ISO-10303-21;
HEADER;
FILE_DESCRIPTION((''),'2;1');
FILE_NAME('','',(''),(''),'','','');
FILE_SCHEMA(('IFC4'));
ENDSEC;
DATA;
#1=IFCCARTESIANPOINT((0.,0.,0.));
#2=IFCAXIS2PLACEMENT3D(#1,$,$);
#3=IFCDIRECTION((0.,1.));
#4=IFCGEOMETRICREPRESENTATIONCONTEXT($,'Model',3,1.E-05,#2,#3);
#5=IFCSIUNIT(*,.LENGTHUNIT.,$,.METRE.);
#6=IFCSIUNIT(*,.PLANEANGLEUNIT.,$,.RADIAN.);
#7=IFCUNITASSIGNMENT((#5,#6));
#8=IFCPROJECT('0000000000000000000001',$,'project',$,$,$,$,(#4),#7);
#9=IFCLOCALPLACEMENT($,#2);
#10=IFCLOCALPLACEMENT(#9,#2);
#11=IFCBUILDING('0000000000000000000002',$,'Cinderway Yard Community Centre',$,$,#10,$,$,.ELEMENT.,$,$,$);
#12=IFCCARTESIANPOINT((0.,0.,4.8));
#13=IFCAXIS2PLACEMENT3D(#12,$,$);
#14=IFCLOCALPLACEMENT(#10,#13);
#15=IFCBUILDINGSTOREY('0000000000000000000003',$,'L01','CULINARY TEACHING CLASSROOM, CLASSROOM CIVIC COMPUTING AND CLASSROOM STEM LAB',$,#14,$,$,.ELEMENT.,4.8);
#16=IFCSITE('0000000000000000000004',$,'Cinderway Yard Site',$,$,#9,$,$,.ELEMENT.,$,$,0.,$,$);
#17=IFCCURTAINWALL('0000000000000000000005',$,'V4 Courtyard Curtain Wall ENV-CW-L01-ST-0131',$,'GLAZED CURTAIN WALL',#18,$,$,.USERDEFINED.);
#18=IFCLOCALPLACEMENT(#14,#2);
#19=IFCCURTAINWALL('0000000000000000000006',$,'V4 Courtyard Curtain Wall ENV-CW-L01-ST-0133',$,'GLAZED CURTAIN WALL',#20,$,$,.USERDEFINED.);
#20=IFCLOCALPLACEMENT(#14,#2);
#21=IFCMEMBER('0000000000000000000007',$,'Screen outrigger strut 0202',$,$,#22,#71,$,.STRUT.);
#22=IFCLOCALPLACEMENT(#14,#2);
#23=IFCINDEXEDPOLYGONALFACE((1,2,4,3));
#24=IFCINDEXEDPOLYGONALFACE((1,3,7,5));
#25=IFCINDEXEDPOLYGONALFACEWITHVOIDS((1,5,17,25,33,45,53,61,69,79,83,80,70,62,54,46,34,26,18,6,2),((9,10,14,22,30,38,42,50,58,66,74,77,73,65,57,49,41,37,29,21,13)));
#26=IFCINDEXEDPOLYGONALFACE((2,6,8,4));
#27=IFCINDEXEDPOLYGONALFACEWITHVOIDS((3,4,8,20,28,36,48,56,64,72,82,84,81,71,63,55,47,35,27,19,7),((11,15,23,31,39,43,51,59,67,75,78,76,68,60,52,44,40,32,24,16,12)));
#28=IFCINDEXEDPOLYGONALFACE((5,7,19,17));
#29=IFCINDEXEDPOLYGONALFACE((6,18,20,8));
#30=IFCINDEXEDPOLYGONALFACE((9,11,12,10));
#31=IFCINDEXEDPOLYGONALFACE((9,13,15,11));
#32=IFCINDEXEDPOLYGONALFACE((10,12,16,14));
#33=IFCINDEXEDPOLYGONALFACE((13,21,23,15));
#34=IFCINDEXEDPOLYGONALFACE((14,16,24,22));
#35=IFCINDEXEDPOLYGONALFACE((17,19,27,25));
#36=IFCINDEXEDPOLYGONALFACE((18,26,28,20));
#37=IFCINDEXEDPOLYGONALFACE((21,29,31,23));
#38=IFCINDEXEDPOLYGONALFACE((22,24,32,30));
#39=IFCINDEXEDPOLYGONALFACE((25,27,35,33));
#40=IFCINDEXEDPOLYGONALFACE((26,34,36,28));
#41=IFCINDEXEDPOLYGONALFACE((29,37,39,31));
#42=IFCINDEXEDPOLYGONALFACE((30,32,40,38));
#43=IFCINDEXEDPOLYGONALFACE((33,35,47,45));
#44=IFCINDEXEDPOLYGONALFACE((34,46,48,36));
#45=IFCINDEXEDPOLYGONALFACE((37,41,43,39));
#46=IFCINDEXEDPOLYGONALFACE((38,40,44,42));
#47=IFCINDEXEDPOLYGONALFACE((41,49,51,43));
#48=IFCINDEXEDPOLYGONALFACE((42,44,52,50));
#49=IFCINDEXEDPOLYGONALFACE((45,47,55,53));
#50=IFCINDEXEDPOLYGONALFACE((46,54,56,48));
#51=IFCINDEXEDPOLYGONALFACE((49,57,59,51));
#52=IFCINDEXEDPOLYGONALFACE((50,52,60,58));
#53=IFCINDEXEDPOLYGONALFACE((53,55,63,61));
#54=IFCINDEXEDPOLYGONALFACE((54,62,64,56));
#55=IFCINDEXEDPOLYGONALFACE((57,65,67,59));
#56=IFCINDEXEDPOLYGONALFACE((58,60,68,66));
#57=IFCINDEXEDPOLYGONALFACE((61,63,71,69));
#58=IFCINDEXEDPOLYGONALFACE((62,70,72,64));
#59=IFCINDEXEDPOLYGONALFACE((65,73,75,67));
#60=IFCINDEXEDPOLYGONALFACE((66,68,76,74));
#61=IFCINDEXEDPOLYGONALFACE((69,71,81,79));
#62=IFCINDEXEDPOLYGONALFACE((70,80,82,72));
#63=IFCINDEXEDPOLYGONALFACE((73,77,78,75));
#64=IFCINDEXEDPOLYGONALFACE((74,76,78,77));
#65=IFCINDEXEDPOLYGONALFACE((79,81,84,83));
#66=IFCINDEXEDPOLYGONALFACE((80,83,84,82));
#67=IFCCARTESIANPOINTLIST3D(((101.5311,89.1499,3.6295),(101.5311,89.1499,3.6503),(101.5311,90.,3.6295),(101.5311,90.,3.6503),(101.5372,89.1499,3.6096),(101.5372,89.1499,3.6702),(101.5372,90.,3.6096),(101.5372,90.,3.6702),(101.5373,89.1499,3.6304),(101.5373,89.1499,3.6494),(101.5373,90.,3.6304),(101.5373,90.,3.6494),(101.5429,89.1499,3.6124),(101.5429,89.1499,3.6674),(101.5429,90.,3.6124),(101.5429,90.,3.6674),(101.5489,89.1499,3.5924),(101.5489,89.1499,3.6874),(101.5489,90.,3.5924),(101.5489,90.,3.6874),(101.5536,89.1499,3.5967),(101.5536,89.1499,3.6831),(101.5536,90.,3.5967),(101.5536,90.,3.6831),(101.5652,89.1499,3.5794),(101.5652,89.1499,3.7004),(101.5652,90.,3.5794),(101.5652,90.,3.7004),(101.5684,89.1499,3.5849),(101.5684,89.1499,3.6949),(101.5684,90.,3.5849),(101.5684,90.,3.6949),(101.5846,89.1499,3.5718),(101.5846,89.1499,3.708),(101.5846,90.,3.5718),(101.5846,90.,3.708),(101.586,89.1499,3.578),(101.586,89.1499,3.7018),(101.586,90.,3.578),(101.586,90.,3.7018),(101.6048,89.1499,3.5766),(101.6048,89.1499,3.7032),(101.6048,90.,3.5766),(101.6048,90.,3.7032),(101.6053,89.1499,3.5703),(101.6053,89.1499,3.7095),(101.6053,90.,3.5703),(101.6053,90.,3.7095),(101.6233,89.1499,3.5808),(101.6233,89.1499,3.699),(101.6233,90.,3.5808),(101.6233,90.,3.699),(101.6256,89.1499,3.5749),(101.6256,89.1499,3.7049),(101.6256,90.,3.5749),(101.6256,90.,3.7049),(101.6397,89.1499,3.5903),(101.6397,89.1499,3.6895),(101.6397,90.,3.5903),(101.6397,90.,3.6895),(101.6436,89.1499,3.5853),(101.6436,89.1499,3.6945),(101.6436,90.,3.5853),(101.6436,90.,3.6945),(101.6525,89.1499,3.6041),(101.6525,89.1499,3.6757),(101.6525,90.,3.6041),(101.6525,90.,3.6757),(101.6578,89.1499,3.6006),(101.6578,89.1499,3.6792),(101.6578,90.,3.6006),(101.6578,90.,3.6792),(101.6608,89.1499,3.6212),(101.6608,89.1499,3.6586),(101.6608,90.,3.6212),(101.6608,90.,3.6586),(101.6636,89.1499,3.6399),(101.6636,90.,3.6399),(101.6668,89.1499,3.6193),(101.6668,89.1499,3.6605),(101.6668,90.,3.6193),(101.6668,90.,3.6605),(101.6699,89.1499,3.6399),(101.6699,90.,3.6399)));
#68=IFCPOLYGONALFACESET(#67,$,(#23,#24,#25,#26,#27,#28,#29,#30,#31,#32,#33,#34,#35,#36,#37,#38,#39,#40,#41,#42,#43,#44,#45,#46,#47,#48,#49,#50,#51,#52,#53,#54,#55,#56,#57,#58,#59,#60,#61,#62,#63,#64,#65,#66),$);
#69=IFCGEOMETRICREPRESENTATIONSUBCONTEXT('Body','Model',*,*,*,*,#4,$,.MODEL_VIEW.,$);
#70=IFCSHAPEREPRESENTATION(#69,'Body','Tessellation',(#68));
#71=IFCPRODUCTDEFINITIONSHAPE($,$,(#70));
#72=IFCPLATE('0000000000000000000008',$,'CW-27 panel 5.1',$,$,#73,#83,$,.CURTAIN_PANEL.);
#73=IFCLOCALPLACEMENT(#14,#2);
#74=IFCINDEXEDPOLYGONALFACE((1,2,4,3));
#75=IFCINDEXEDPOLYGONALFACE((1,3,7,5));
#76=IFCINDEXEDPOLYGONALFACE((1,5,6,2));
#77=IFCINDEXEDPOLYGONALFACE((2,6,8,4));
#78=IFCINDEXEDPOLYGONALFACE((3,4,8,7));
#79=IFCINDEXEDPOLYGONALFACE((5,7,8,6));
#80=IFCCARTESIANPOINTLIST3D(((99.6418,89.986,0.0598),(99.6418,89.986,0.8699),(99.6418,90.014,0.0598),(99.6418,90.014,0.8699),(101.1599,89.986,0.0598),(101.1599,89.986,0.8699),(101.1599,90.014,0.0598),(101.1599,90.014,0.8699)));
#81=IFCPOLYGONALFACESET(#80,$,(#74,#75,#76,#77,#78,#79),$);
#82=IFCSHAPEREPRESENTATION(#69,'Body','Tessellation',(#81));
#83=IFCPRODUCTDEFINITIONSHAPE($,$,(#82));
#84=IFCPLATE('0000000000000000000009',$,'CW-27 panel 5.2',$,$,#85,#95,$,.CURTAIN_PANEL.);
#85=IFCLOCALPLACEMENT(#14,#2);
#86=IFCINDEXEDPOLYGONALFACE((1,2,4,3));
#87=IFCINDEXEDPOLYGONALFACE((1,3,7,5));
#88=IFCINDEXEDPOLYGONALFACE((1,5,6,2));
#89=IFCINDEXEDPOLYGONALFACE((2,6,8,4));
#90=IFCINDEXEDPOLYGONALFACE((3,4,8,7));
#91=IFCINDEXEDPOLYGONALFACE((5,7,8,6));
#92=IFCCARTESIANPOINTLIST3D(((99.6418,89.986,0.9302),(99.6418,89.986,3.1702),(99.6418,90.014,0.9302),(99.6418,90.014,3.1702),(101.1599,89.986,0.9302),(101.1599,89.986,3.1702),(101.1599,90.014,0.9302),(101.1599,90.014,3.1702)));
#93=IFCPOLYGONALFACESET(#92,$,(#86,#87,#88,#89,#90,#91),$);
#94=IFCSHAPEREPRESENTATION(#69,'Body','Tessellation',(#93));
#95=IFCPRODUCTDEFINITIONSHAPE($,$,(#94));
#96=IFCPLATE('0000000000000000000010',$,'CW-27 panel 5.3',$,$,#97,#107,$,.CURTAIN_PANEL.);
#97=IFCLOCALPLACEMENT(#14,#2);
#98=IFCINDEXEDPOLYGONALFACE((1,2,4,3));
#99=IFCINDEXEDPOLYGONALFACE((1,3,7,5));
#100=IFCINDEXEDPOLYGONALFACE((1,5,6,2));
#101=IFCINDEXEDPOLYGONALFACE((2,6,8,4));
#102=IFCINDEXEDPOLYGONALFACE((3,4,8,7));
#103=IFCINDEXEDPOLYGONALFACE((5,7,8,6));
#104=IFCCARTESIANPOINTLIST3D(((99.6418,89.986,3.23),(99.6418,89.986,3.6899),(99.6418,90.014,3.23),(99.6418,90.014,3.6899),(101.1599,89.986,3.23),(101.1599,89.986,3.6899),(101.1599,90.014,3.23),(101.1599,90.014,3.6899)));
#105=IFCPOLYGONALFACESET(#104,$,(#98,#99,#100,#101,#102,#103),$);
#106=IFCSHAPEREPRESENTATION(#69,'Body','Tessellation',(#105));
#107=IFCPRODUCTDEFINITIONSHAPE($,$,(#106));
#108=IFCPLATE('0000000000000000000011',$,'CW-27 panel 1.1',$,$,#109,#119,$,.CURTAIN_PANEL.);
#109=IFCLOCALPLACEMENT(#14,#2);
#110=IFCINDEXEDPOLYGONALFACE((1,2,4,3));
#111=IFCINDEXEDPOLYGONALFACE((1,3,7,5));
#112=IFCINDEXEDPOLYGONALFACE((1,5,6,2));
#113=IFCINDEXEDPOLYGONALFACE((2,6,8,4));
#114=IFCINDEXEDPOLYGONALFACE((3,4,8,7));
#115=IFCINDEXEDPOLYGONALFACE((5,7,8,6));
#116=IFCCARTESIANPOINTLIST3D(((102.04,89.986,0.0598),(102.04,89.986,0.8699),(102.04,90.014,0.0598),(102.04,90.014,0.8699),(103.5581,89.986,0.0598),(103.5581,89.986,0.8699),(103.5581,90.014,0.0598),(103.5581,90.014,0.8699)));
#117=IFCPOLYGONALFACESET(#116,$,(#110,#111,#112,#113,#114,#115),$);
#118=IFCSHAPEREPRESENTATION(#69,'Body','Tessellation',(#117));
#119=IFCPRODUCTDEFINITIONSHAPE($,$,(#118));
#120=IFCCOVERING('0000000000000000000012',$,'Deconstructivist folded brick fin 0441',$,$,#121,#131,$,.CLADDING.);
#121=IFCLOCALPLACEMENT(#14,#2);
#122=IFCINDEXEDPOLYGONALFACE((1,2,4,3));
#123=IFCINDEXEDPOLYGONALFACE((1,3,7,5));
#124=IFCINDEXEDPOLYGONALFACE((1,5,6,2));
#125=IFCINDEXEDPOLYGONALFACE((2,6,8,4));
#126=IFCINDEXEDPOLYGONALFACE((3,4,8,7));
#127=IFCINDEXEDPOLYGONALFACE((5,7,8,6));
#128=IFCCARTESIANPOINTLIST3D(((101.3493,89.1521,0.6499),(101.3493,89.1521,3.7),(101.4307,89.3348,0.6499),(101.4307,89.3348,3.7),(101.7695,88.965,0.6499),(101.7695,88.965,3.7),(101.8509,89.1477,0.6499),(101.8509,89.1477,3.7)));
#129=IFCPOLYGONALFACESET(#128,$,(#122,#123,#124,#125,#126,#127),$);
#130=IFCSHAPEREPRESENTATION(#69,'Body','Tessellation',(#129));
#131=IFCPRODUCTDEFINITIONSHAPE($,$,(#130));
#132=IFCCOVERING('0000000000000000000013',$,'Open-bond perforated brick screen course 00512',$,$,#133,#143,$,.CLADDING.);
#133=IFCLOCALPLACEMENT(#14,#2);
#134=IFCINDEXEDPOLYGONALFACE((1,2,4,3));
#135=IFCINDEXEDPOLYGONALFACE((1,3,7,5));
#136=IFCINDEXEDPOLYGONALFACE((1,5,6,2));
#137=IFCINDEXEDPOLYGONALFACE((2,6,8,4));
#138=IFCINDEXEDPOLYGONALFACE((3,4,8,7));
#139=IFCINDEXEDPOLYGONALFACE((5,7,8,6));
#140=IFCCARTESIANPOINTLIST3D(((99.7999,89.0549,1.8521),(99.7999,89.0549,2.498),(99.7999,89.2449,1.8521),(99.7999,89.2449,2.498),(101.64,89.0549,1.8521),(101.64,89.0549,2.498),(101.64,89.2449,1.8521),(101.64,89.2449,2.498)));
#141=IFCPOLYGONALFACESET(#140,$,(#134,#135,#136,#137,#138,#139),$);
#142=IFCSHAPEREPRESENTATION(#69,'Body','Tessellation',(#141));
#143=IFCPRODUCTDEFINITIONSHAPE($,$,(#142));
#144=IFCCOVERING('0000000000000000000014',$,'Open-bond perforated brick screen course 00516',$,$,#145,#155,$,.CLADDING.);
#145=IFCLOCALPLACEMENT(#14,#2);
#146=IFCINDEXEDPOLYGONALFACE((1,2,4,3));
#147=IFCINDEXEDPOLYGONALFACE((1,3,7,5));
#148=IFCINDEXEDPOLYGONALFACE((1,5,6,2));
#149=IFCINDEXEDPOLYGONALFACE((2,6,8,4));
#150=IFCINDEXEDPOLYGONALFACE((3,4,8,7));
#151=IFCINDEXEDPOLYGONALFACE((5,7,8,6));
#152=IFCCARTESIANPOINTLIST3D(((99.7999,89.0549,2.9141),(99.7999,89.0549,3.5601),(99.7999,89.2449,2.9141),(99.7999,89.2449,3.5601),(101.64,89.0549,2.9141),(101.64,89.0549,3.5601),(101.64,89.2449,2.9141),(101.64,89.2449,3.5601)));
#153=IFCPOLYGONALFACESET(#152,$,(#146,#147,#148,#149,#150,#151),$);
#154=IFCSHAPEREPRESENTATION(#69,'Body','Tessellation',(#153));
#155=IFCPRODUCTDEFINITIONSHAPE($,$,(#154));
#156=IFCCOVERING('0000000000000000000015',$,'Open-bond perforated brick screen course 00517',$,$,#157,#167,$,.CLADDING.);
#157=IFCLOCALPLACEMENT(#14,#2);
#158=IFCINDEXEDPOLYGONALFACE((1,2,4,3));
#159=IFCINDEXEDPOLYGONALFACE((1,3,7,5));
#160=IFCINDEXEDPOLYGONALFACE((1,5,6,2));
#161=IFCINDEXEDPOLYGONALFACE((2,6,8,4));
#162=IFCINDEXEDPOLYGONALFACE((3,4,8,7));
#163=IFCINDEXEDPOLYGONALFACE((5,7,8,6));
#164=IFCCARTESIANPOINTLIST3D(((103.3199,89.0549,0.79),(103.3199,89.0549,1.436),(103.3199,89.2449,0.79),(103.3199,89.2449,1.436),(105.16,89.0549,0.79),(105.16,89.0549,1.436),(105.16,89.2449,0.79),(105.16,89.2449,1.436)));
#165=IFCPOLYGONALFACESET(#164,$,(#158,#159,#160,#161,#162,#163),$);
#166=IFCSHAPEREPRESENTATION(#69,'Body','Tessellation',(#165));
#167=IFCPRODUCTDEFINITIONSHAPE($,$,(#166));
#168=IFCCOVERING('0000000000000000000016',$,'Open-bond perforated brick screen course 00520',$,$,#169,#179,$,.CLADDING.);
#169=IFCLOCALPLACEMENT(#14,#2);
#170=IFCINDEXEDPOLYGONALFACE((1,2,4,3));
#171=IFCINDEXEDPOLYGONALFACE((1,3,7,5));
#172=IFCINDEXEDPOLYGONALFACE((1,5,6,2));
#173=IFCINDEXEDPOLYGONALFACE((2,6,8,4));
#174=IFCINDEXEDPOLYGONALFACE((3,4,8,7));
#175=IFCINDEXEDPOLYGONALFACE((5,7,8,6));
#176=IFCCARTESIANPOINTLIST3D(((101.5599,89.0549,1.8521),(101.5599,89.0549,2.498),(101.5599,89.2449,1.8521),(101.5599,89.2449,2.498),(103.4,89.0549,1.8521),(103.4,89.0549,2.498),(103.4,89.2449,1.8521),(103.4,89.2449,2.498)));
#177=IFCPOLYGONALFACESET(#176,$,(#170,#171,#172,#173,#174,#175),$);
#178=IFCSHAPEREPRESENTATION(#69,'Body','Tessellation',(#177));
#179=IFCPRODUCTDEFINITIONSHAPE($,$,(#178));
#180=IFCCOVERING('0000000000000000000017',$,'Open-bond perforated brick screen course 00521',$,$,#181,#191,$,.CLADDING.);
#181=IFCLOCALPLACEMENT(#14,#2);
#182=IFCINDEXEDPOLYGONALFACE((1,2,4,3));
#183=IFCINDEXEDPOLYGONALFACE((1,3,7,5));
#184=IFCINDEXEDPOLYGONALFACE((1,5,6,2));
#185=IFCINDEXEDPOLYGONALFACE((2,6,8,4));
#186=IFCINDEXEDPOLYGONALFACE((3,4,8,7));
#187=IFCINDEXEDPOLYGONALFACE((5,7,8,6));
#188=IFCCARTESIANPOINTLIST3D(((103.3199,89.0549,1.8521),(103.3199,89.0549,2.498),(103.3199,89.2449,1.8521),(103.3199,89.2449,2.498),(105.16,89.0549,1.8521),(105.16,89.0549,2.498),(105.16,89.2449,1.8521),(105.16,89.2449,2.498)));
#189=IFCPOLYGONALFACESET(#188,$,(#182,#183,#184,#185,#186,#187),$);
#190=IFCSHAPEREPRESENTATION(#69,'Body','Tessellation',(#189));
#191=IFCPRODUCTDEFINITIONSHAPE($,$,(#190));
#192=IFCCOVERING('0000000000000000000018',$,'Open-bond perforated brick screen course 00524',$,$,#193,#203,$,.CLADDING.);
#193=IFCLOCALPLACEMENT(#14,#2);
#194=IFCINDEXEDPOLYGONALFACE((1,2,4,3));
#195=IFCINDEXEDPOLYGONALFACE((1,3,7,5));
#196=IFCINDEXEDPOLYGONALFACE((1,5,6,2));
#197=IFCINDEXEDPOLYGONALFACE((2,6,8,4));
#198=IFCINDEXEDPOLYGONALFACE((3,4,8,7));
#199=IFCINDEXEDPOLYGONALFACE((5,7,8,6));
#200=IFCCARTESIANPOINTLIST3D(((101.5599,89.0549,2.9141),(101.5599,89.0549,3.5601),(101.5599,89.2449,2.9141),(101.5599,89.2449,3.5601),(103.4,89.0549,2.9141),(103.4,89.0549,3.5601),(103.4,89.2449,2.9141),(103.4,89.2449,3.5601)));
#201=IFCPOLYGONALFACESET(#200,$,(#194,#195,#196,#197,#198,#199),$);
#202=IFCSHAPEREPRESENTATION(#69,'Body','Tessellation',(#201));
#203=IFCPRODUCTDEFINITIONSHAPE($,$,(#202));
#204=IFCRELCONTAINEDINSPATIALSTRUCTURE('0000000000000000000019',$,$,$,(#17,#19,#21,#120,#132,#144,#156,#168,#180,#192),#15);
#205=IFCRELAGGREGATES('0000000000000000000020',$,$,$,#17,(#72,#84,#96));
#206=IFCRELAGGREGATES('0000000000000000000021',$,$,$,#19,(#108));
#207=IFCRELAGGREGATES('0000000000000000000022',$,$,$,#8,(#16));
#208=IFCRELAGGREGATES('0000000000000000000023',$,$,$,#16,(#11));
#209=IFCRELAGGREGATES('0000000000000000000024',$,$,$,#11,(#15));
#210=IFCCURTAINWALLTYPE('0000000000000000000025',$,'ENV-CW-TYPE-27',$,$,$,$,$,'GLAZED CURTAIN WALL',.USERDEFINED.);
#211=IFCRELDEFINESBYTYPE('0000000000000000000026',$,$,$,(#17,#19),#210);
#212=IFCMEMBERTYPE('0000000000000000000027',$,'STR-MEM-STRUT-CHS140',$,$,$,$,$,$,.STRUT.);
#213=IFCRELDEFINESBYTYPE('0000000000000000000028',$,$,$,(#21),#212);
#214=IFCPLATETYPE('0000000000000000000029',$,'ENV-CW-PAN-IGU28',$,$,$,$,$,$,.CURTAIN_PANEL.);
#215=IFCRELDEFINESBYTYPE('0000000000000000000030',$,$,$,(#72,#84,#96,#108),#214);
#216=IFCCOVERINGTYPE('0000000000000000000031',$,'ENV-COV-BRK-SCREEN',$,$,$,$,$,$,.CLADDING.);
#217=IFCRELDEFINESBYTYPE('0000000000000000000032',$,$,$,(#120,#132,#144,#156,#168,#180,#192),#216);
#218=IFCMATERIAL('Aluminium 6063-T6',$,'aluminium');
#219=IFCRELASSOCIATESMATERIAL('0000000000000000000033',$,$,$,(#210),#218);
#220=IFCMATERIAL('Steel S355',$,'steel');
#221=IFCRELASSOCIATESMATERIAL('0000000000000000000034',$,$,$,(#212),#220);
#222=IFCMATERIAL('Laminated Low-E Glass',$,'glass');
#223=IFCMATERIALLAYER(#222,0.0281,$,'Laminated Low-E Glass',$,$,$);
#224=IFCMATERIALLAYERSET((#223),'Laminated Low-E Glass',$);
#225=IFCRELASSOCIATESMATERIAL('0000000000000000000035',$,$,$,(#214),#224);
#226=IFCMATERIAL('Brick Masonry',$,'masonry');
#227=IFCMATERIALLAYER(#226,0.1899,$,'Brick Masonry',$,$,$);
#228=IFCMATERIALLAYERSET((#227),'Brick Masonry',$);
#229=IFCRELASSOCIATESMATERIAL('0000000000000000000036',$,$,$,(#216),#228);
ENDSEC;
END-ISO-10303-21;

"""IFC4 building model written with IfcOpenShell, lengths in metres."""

from ifc_helpers import new_model, si_unit, direction, frame, origin, origin_2d, place, context, subcontext, project, spatial, rectangle, hollow_circle, extrude, material, layer, layer_set, material_profile, profile_set, type_object, element, aggregate, save


model = new_model("IFC4")

# Units and contexts
model_context = context("Model", 3, precision=1e-05, world=origin(), true_north=direction((0.0, 1.0)))
body_context = subcontext(model_context, "Body", "Model", "MODEL_VIEW")
ifc_project = project(units=[si_unit("LENGTHUNIT", "METRE"), si_unit("PLANEANGLEUNIT", "RADIAN")], contexts=[model_context])

# Site, building, storey
site_placement = place(None, origin())
site = spatial("IfcSite", under=ifc_project, at=site_placement, Name="Cinderway Yard Site", CompositionType="ELEMENT", RefElevation=0.0)
building_placement = place(site_placement, origin())
building = spatial("IfcBuilding", under=site, at=building_placement, Name="Cinderway Yard Community Centre", CompositionType="ELEMENT")
storey_placement = place(building_placement, frame((0.0, 0.0, 4.8)))
storey = spatial("IfcBuildingStorey", under=building, at=storey_placement, Name="L01", Description="CULINARY TEACHING CLASSROOM, CLASSROOM CIVIC COMPUTING AND CLASSROOM STEM LAB", CompositionType="ELEMENT", Elevation=4.8)

# Curtain walls
ifc_material_1 = material(Name="Aluminium 6063-T6", Category="aluminium")
curtain_wall_type = type_object("IfcCurtainWallType", Name="ENV-CW-TYPE-27", ElementType="GLAZED CURTAIN WALL", PredefinedType="USERDEFINED", material=ifc_material_1)
curtain_wall_1_placement = place(storey_placement, origin())
curtain_wall_1 = element("IfcCurtainWall", 1, at=curtain_wall_1_placement, inside=storey, type_object=curtain_wall_type, Name="V4 Courtyard Curtain Wall ENV-CW-L01-ST-0131", ObjectType="GLAZED CURTAIN WALL", PredefinedType="USERDEFINED")
curtain_wall_2_placement = place(storey_placement, origin())
curtain_wall_2 = element("IfcCurtainWall", 2, at=curtain_wall_2_placement, inside=storey, type_object=curtain_wall_type, Name="V4 Courtyard Curtain Wall ENV-CW-L01-ST-0133", ObjectType="GLAZED CURTAIN WALL", PredefinedType="USERDEFINED")

# Shared definitions
ifc_material_2 = material(Name="Steel S355", Category="steel")

# Member
ifc_material_profile_1 = material_profile(ifc_material_2, hollow_circle(Radius=0.0698, WallThickness=0.0063, at=origin_2d()), Name="Steel S355")
ifc_profile_set_1 = profile_set([ifc_material_profile_1], Name="Steel S355")
member_type_1 = type_object("IfcMemberType", Name="STR-MEM-STRUT-CHS140", PredefinedType="STRUT", material=ifc_profile_set_1)
for number, where, z_axis, x_axis, name in (
    (3, (101.6001, 90.0, 3.6399), (0.0, -1.0, 0.0), (1.0, 0.0, 0.0), "Screen outrigger strut 0202"),
):
    element("IfcMember", number, at=place(storey_placement, frame(where, z_axis=z_axis, x_axis=x_axis)), inside=storey, type_object=member_type_1, Name=name, PredefinedType="STRUT", context=body_context, shape_type="SweptSolid", body=[
        extrude(hollow_circle(Radius=0.0698, WallThickness=0.0063, at=origin_2d()), origin(), (0.0, 0.0, 1.0), 0.8501),
    ])

# Plates
ifc_material_3 = material(Name="Laminated Low-E Glass", Category="glass")
ifc_layer_1 = layer(ifc_material_3, 0.0281, Name="Laminated Low-E Glass")
ifc_layer_set_1 = layer_set([ifc_layer_1], Name="Laminated Low-E Glass")
plate_type = type_object("IfcPlateType", Name="ENV-CW-PAN-IGU28", PredefinedType="CURTAIN_PANEL", material=ifc_layer_set_1)
plate_1_placement = place(storey_placement, frame((100.4009, 90.0, 0.0598), z_axis=(0.0, 0.0, 1.0), x_axis=(1.0, 0.0, 0.0)))
plate_1 = element("IfcPlate", 4, at=plate_1_placement, type_object=plate_type, Name="CW-27 panel 5.1", PredefinedType="CURTAIN_PANEL", context=body_context, shape_type="SweptSolid", body=[
    extrude(rectangle(XDim=1.5181, YDim=0.0281, at=origin_2d()), origin(), (0.0, 0.0, 1.0), 0.8101),
])
plate_2_placement = place(storey_placement, frame((100.4009, 90.0, 0.9302), z_axis=(0.0, 0.0, 1.0), x_axis=(1.0, 0.0, 0.0)))
plate_2 = element("IfcPlate", 5, at=plate_2_placement, type_object=plate_type, Name="CW-27 panel 5.2", PredefinedType="CURTAIN_PANEL", context=body_context, shape_type="SweptSolid", body=[
    extrude(rectangle(XDim=1.5181, YDim=0.0281, at=origin_2d()), origin(), (0.0, 0.0, 1.0), 2.24),
])
plate_3_placement = place(storey_placement, frame((100.4009, 90.0, 3.23), z_axis=(0.0, 0.0, 1.0), x_axis=(1.0, 0.0, 0.0)))
plate_3 = element("IfcPlate", 6, at=plate_3_placement, type_object=plate_type, Name="CW-27 panel 5.3", PredefinedType="CURTAIN_PANEL", context=body_context, shape_type="SweptSolid", body=[
    extrude(rectangle(XDim=1.5181, YDim=0.0281, at=origin_2d()), origin(), (0.0, 0.0, 1.0), 0.46),
])
aggregate(curtain_wall_1, [plate_1, plate_2, plate_3])
plate_4_placement = place(storey_placement, frame((102.7991, 90.0, 0.0598), z_axis=(0.0, 0.0, 1.0), x_axis=(1.0, 0.0, 0.0)))
plate_4 = element("IfcPlate", 7, at=plate_4_placement, type_object=plate_type, Name="CW-27 panel 1.1", PredefinedType="CURTAIN_PANEL", context=body_context, shape_type="SweptSolid", body=[
    extrude(rectangle(XDim=1.5181, YDim=0.0281, at=origin_2d()), origin(), (0.0, 0.0, 1.0), 0.8101),
])
aggregate(curtain_wall_2, [plate_4])

# Coverings
ifc_material_4 = material(Name="Brick Masonry", Category="masonry")
ifc_layer_2 = layer(ifc_material_4, 0.1899, Name="Brick Masonry")
ifc_layer_set_2 = layer_set([ifc_layer_2], Name="Brick Masonry")
covering_type = type_object("IfcCoveringType", Name="ENV-COV-BRK-SCREEN", PredefinedType="CLADDING", material=ifc_layer_set_2)
covering_placement = place(storey_placement, frame((101.6001, 89.1499, 0.6499), z_axis=(0.0, 0.0, 1.0), x_axis=(-0.913545, 0.406737, 0.0)))
element("IfcCovering", 8, at=covering_placement, inside=storey, type_object=covering_type, Name="Deconstructivist folded brick fin 0441", PredefinedType="CLADDING", context=body_context, shape_type="SweptSolid", body=[
    extrude(rectangle(XDim=0.46, YDim=0.2, at=origin_2d()), origin(), (0.0, 0.0, 1.0), 3.05),
])
for number, where, z_axis, x_axis, name in (
    (9, (100.72, 89.1499, 1.8521), (0.0, 0.0, 1.0), (-1.0, 0.0, 0.0), "Open-bond perforated brick screen course 00512"),
    (10, (100.72, 89.1499, 2.9141), (0.0, 0.0, 1.0), (-1.0, 0.0, 0.0), "Open-bond perforated brick screen course 00516"),
    (11, (104.24, 89.1499, 0.79), (0.0, 0.0, 1.0), (-1.0, 0.0, 0.0), "Open-bond perforated brick screen course 00517"),
    (12, (102.48, 89.1499, 1.8521), (0.0, 0.0, 1.0), (-1.0, 0.0, 0.0), "Open-bond perforated brick screen course 00520"),
    (13, (104.24, 89.1499, 1.8521), (0.0, 0.0, 1.0), (-1.0, 0.0, 0.0), "Open-bond perforated brick screen course 00521"),
    (14, (102.48, 89.1499, 2.9141), (0.0, 0.0, 1.0), (-1.0, 0.0, 0.0), "Open-bond perforated brick screen course 00524"),
):
    element("IfcCovering", number, at=place(storey_placement, frame(where, z_axis=z_axis, x_axis=x_axis)), inside=storey, type_object=covering_type, Name=name, PredefinedType="CLADDING", context=body_context, shape_type="SweptSolid", body=[
        extrude(rectangle(XDim=1.8401, YDim=0.1899, at=origin_2d()), origin(), (0.0, 0.0, 1.0), 0.646),
    ])

save(model, "model.ifc")
